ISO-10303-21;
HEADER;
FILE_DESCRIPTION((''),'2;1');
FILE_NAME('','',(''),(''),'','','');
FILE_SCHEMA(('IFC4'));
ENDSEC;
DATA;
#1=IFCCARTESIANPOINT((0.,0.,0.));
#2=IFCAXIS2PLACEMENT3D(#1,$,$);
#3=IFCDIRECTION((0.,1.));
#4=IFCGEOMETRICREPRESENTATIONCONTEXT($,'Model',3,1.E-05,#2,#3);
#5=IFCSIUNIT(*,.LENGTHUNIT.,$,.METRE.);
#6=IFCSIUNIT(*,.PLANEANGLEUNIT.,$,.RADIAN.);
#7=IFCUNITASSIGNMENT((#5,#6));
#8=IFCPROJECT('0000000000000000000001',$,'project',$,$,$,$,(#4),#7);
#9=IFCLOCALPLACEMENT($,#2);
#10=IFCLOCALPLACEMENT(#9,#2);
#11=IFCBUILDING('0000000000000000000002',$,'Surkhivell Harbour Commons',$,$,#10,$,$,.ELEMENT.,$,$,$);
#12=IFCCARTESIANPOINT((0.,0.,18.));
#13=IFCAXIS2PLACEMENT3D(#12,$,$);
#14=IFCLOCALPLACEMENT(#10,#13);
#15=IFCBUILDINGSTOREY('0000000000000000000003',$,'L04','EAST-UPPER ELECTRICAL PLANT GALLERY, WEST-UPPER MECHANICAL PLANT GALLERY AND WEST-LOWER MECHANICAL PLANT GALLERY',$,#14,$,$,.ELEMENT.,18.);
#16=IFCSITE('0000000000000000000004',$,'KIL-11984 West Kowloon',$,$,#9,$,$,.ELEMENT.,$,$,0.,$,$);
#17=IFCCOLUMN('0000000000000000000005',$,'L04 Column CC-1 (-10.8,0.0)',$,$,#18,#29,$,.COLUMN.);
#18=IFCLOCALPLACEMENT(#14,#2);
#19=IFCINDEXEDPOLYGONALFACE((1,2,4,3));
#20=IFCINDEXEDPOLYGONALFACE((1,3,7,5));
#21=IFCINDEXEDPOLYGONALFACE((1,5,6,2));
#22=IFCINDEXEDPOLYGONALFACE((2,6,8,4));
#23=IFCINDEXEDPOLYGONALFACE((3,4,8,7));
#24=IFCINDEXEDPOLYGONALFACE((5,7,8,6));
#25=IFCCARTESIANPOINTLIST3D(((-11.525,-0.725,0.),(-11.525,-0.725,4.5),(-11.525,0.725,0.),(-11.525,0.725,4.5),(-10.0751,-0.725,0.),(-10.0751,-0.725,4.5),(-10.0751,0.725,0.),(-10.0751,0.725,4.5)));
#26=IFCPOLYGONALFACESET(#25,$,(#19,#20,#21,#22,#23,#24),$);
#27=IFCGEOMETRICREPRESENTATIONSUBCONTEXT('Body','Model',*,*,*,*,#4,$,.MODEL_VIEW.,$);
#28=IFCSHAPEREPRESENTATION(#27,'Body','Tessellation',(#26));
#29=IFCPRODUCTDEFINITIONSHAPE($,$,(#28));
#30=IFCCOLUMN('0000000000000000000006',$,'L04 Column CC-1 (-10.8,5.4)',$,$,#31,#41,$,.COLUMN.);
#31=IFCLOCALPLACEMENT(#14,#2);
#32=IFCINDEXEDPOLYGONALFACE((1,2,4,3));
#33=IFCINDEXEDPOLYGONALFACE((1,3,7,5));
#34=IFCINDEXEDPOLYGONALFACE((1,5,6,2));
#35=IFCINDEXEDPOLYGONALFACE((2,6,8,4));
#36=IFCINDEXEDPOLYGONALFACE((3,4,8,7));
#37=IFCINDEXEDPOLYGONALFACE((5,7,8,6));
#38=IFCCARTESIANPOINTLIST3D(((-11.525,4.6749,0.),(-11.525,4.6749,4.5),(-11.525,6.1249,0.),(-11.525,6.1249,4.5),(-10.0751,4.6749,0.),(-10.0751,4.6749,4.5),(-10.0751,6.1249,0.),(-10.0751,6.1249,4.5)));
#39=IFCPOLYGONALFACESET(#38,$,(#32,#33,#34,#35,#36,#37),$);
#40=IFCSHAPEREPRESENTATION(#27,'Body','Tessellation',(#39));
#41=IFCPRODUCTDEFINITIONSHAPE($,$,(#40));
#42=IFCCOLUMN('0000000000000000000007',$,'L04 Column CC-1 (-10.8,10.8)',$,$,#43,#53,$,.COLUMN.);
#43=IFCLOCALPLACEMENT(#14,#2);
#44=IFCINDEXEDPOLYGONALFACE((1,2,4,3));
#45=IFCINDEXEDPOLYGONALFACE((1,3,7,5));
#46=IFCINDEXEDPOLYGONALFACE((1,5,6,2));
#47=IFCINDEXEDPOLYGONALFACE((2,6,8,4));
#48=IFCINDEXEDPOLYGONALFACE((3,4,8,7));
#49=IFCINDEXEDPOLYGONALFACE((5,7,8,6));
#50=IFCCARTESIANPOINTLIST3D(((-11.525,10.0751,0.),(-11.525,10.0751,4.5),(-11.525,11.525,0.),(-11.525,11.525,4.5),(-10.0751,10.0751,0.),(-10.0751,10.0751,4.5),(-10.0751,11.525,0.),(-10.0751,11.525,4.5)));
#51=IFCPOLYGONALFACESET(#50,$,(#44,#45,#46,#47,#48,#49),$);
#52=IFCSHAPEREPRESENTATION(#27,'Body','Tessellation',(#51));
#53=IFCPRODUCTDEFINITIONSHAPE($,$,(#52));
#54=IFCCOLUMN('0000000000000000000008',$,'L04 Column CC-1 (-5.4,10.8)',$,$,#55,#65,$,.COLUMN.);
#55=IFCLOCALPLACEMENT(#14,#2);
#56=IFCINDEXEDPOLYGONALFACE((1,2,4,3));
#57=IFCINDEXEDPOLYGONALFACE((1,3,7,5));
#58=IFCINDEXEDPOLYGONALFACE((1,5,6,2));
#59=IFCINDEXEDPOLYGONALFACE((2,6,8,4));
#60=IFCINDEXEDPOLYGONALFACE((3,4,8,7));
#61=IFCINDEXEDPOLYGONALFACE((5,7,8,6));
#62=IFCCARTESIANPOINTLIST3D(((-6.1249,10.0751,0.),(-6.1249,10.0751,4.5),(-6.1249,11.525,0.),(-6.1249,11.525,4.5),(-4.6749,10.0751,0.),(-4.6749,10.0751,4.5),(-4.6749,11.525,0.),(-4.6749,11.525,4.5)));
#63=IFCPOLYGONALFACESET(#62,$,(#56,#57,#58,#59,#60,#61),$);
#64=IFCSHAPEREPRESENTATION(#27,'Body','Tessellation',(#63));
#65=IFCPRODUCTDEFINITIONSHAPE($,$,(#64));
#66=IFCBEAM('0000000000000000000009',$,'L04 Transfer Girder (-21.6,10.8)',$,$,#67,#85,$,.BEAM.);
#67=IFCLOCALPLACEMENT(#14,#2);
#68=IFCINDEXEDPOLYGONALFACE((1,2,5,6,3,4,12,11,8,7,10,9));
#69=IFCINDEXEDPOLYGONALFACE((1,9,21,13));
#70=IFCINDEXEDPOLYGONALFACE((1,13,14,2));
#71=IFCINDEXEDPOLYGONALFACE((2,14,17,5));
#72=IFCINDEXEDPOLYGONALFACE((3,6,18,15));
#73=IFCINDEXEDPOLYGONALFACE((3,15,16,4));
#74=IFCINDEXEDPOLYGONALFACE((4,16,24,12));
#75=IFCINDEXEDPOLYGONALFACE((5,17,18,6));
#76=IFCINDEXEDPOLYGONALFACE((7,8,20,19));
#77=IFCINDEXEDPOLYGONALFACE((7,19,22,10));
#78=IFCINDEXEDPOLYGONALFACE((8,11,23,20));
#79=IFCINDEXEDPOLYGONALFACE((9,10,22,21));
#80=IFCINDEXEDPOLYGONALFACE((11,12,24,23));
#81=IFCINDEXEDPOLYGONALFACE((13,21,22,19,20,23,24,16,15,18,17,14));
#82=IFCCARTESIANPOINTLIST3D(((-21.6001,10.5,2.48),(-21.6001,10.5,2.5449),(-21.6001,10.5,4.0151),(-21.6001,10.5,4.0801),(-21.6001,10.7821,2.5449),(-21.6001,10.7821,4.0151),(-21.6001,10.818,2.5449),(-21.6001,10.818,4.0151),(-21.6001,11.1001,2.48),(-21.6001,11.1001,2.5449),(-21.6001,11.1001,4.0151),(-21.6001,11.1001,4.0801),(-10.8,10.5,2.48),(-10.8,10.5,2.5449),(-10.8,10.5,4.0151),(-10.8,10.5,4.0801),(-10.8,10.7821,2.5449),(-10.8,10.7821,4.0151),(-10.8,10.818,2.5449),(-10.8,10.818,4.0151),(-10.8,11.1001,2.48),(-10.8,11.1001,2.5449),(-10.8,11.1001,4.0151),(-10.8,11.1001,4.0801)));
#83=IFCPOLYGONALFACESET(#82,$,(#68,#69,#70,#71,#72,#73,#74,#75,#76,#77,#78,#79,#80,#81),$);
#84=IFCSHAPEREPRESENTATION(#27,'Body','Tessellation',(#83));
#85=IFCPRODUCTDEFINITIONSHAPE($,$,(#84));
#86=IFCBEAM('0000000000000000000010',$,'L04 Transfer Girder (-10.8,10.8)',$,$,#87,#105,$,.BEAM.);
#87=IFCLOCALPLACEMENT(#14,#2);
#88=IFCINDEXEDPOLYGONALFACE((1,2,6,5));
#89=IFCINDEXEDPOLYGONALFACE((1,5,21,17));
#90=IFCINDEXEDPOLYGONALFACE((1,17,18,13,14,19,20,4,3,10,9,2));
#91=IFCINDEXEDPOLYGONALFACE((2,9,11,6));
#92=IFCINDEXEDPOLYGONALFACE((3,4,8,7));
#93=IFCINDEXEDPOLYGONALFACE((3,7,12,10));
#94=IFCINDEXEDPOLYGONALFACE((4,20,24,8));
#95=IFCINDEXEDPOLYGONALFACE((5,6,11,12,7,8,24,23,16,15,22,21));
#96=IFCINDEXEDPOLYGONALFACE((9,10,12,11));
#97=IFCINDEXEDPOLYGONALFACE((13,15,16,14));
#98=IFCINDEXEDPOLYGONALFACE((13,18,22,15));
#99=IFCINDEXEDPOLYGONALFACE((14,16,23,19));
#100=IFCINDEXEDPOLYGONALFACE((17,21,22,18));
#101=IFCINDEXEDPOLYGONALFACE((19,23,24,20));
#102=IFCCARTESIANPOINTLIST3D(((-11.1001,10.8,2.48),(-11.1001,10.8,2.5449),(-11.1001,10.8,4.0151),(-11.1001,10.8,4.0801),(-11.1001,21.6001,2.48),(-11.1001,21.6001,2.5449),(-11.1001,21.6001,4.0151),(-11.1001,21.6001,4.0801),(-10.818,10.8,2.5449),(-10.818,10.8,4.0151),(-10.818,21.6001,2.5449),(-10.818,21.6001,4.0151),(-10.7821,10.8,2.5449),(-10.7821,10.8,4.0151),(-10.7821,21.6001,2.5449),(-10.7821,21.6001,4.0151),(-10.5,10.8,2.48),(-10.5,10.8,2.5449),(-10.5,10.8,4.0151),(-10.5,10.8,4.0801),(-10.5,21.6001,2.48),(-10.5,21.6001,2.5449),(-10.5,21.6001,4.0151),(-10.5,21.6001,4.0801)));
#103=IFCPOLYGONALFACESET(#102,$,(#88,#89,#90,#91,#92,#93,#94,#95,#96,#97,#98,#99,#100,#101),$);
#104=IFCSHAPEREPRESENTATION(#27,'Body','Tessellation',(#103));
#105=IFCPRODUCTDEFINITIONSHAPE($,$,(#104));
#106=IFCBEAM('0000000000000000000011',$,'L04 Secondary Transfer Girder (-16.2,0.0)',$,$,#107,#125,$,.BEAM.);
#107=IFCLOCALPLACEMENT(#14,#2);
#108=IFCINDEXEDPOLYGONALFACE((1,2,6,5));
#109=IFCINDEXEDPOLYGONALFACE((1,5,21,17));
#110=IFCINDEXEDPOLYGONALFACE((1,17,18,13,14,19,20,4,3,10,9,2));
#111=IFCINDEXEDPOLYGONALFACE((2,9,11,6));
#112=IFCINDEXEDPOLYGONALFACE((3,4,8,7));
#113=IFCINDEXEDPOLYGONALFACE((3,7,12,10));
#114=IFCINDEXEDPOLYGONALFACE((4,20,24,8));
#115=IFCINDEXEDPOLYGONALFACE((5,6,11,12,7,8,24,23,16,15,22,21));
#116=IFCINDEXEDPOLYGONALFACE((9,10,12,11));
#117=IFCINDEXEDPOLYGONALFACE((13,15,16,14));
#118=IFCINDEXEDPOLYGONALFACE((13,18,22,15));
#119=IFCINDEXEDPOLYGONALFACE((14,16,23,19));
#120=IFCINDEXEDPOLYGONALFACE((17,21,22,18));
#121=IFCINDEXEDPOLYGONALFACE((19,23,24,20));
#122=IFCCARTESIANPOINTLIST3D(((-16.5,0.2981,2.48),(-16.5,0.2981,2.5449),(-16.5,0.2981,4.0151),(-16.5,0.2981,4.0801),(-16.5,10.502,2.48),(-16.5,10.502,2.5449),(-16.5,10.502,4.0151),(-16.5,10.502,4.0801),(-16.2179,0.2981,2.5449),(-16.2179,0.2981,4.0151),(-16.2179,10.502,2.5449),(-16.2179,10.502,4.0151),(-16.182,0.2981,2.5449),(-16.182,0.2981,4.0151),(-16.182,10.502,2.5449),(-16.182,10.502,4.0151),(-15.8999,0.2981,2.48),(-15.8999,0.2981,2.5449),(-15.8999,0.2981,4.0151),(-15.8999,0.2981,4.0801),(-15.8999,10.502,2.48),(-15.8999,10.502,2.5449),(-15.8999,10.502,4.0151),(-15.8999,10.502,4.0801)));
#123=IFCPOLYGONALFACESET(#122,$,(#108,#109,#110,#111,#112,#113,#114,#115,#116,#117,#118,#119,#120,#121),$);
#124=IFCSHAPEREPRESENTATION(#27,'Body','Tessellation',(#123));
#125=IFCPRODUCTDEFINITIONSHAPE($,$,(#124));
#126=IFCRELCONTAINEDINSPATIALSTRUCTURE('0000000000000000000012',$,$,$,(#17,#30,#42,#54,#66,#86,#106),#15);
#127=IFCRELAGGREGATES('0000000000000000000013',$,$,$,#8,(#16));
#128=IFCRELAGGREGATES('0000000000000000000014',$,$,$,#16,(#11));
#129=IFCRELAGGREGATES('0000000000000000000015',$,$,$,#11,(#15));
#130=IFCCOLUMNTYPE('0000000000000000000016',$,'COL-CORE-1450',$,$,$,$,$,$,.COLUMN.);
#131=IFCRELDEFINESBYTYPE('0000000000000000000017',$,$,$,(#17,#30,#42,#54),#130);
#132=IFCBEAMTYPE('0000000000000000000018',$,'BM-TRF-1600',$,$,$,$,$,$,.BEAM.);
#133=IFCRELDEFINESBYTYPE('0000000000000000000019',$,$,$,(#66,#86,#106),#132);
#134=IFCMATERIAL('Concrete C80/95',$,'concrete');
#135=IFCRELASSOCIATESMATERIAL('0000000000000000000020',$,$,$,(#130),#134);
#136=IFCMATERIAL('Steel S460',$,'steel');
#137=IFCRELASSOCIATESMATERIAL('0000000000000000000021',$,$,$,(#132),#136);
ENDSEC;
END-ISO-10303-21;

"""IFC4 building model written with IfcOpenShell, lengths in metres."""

from ifc_helpers import new_model, si_unit, direction, frame, origin, origin_2d, place, context, subcontext, project, spatial, rectangle, i_section, extrude, material, material_profile, profile_set, type_object, element, save


model = new_model("IFC4")

# Units and contexts
model_context = context("Model", 3, precision=1e-05, world=origin(), true_north=direction((0.0, 1.0)))
body_context = subcontext(model_context, "Body", "Model", "MODEL_VIEW")
ifc_project = project(units=[si_unit("LENGTHUNIT", "METRE"), si_unit("PLANEANGLEUNIT", "RADIAN")], contexts=[model_context])

# Site, building, storey
site_placement = place(None, origin())
site = spatial("IfcSite", under=ifc_project, at=site_placement, Name="KIL-11984 West Kowloon", CompositionType="ELEMENT", RefElevation=0.0)
building_placement = place(site_placement, origin())
building = spatial("IfcBuilding", under=site, at=building_placement, Name="Surkhivell Harbour Commons", CompositionType="ELEMENT")
storey_placement = place(building_placement, frame((0.0, 0.0, 18.0)))
storey = spatial("IfcBuildingStorey", under=building, at=storey_placement, Name="L04", Description="EAST-UPPER ELECTRICAL PLANT GALLERY, WEST-UPPER MECHANICAL PLANT GALLERY AND WEST-LOWER MECHANICAL PLANT GALLERY", CompositionType="ELEMENT", Elevation=18.0)

# Columns
ifc_material_1 = material(Name="Concrete C80/95", Category="concrete")
ifc_material_profile_1 = material_profile(ifc_material_1, rectangle(XDim=1.45, YDim=1.45, at=origin_2d()), Name="RC-COL-1450x1450")
ifc_profile_set_1 = profile_set([ifc_material_profile_1], Name="Concrete C80/95")
column_type = type_object("IfcColumnType", Name="COL-CORE-1450", PredefinedType="COLUMN", material=ifc_profile_set_1)
for number, where, z_axis, x_axis, name in (
    (1, (-10.8, 0.0, 0.0), (0.0, 0.0, 1.0), (1.0, 0.0, 0.0), "L04 Column CC-1 (-10.8,0.0)"),
    (2, (-10.8, 5.3999, 0.0), (0.0, 0.0, 1.0), (1.0, 0.0, 0.0), "L04 Column CC-1 (-10.8,5.4)"),
    (3, (-10.8, 10.8, 0.0), (0.0, 0.0, 1.0), (1.0, 0.0, 0.0), "L04 Column CC-1 (-10.8,10.8)"),
    (4, (-5.3999, 10.8, 0.0), (0.0, 0.0, 1.0), (1.0, 0.0, 0.0), "L04 Column CC-1 (-5.4,10.8)"),
):
    element("IfcColumn", number, at=place(storey_placement, frame(where, z_axis=z_axis, x_axis=x_axis)), inside=storey, type_object=column_type, Name=name, PredefinedType="COLUMN", context=body_context, shape_type="SweptSolid", body=[
        extrude(rectangle(XDim=1.45, YDim=1.45, at=origin_2d()), origin(), (0.0, 0.0, 1.0), 4.5),
    ])

# Beams
ifc_material_2 = material(Name="Steel S460", Category="steel")
ifc_material_profile_2 = material_profile(ifc_material_2, i_section(OverallWidth=0.6001, OverallDepth=1.6001, WebThickness=0.0359, FlangeThickness=0.0649, at=origin_2d()), Name="WPG1600x600x296")
ifc_profile_set_2 = profile_set([ifc_material_profile_2], Name="Steel S460")
beam_type = type_object("IfcBeamType", Name="BM-TRF-1600", PredefinedType="BEAM", material=ifc_profile_set_2)
for number, where, z_axis, x_axis, name in (
    (5, (-21.6001, 10.8, 3.28), (1.0, 0.0, 0.0), (0.0, 1.0, 0.0), "L04 Transfer Girder (-21.6,10.8)"),
    (6, (-10.8, 10.8, 3.28), (0.0, 1.0, 0.0), (-1.0, 0.0, 0.0), "L04 Transfer Girder (-10.8,10.8)"),
):
    element("IfcBeam", number, at=place(storey_placement, frame(where, z_axis=z_axis, x_axis=x_axis)), inside=storey, type_object=beam_type, Name=name, PredefinedType="BEAM", context=body_context, shape_type="SweptSolid", body=[
        extrude(i_section(OverallWidth=0.6001, OverallDepth=1.6001, WebThickness=0.0359, FlangeThickness=0.0649, at=origin_2d()), origin(), (0.0, 0.0, 1.0), 10.8),
    ])
beam_placement = place(storey_placement, frame((-16.2, 0.2981, 3.28), z_axis=(0.0, 1.0, 0.0), x_axis=(-1.0, 0.0, 0.0)))
element("IfcBeam", 7, at=beam_placement, inside=storey, type_object=beam_type, Name="L04 Secondary Transfer Girder (-16.2,0.0)", PredefinedType="BEAM", context=body_context, shape_type="SweptSolid", body=[
    extrude(i_section(OverallWidth=0.6001, OverallDepth=1.6001, WebThickness=0.0359, FlangeThickness=0.0649, at=origin_2d()), origin(), (0.0, 0.0, 1.0), 10.2039),
])

save(model, "model.ifc")
